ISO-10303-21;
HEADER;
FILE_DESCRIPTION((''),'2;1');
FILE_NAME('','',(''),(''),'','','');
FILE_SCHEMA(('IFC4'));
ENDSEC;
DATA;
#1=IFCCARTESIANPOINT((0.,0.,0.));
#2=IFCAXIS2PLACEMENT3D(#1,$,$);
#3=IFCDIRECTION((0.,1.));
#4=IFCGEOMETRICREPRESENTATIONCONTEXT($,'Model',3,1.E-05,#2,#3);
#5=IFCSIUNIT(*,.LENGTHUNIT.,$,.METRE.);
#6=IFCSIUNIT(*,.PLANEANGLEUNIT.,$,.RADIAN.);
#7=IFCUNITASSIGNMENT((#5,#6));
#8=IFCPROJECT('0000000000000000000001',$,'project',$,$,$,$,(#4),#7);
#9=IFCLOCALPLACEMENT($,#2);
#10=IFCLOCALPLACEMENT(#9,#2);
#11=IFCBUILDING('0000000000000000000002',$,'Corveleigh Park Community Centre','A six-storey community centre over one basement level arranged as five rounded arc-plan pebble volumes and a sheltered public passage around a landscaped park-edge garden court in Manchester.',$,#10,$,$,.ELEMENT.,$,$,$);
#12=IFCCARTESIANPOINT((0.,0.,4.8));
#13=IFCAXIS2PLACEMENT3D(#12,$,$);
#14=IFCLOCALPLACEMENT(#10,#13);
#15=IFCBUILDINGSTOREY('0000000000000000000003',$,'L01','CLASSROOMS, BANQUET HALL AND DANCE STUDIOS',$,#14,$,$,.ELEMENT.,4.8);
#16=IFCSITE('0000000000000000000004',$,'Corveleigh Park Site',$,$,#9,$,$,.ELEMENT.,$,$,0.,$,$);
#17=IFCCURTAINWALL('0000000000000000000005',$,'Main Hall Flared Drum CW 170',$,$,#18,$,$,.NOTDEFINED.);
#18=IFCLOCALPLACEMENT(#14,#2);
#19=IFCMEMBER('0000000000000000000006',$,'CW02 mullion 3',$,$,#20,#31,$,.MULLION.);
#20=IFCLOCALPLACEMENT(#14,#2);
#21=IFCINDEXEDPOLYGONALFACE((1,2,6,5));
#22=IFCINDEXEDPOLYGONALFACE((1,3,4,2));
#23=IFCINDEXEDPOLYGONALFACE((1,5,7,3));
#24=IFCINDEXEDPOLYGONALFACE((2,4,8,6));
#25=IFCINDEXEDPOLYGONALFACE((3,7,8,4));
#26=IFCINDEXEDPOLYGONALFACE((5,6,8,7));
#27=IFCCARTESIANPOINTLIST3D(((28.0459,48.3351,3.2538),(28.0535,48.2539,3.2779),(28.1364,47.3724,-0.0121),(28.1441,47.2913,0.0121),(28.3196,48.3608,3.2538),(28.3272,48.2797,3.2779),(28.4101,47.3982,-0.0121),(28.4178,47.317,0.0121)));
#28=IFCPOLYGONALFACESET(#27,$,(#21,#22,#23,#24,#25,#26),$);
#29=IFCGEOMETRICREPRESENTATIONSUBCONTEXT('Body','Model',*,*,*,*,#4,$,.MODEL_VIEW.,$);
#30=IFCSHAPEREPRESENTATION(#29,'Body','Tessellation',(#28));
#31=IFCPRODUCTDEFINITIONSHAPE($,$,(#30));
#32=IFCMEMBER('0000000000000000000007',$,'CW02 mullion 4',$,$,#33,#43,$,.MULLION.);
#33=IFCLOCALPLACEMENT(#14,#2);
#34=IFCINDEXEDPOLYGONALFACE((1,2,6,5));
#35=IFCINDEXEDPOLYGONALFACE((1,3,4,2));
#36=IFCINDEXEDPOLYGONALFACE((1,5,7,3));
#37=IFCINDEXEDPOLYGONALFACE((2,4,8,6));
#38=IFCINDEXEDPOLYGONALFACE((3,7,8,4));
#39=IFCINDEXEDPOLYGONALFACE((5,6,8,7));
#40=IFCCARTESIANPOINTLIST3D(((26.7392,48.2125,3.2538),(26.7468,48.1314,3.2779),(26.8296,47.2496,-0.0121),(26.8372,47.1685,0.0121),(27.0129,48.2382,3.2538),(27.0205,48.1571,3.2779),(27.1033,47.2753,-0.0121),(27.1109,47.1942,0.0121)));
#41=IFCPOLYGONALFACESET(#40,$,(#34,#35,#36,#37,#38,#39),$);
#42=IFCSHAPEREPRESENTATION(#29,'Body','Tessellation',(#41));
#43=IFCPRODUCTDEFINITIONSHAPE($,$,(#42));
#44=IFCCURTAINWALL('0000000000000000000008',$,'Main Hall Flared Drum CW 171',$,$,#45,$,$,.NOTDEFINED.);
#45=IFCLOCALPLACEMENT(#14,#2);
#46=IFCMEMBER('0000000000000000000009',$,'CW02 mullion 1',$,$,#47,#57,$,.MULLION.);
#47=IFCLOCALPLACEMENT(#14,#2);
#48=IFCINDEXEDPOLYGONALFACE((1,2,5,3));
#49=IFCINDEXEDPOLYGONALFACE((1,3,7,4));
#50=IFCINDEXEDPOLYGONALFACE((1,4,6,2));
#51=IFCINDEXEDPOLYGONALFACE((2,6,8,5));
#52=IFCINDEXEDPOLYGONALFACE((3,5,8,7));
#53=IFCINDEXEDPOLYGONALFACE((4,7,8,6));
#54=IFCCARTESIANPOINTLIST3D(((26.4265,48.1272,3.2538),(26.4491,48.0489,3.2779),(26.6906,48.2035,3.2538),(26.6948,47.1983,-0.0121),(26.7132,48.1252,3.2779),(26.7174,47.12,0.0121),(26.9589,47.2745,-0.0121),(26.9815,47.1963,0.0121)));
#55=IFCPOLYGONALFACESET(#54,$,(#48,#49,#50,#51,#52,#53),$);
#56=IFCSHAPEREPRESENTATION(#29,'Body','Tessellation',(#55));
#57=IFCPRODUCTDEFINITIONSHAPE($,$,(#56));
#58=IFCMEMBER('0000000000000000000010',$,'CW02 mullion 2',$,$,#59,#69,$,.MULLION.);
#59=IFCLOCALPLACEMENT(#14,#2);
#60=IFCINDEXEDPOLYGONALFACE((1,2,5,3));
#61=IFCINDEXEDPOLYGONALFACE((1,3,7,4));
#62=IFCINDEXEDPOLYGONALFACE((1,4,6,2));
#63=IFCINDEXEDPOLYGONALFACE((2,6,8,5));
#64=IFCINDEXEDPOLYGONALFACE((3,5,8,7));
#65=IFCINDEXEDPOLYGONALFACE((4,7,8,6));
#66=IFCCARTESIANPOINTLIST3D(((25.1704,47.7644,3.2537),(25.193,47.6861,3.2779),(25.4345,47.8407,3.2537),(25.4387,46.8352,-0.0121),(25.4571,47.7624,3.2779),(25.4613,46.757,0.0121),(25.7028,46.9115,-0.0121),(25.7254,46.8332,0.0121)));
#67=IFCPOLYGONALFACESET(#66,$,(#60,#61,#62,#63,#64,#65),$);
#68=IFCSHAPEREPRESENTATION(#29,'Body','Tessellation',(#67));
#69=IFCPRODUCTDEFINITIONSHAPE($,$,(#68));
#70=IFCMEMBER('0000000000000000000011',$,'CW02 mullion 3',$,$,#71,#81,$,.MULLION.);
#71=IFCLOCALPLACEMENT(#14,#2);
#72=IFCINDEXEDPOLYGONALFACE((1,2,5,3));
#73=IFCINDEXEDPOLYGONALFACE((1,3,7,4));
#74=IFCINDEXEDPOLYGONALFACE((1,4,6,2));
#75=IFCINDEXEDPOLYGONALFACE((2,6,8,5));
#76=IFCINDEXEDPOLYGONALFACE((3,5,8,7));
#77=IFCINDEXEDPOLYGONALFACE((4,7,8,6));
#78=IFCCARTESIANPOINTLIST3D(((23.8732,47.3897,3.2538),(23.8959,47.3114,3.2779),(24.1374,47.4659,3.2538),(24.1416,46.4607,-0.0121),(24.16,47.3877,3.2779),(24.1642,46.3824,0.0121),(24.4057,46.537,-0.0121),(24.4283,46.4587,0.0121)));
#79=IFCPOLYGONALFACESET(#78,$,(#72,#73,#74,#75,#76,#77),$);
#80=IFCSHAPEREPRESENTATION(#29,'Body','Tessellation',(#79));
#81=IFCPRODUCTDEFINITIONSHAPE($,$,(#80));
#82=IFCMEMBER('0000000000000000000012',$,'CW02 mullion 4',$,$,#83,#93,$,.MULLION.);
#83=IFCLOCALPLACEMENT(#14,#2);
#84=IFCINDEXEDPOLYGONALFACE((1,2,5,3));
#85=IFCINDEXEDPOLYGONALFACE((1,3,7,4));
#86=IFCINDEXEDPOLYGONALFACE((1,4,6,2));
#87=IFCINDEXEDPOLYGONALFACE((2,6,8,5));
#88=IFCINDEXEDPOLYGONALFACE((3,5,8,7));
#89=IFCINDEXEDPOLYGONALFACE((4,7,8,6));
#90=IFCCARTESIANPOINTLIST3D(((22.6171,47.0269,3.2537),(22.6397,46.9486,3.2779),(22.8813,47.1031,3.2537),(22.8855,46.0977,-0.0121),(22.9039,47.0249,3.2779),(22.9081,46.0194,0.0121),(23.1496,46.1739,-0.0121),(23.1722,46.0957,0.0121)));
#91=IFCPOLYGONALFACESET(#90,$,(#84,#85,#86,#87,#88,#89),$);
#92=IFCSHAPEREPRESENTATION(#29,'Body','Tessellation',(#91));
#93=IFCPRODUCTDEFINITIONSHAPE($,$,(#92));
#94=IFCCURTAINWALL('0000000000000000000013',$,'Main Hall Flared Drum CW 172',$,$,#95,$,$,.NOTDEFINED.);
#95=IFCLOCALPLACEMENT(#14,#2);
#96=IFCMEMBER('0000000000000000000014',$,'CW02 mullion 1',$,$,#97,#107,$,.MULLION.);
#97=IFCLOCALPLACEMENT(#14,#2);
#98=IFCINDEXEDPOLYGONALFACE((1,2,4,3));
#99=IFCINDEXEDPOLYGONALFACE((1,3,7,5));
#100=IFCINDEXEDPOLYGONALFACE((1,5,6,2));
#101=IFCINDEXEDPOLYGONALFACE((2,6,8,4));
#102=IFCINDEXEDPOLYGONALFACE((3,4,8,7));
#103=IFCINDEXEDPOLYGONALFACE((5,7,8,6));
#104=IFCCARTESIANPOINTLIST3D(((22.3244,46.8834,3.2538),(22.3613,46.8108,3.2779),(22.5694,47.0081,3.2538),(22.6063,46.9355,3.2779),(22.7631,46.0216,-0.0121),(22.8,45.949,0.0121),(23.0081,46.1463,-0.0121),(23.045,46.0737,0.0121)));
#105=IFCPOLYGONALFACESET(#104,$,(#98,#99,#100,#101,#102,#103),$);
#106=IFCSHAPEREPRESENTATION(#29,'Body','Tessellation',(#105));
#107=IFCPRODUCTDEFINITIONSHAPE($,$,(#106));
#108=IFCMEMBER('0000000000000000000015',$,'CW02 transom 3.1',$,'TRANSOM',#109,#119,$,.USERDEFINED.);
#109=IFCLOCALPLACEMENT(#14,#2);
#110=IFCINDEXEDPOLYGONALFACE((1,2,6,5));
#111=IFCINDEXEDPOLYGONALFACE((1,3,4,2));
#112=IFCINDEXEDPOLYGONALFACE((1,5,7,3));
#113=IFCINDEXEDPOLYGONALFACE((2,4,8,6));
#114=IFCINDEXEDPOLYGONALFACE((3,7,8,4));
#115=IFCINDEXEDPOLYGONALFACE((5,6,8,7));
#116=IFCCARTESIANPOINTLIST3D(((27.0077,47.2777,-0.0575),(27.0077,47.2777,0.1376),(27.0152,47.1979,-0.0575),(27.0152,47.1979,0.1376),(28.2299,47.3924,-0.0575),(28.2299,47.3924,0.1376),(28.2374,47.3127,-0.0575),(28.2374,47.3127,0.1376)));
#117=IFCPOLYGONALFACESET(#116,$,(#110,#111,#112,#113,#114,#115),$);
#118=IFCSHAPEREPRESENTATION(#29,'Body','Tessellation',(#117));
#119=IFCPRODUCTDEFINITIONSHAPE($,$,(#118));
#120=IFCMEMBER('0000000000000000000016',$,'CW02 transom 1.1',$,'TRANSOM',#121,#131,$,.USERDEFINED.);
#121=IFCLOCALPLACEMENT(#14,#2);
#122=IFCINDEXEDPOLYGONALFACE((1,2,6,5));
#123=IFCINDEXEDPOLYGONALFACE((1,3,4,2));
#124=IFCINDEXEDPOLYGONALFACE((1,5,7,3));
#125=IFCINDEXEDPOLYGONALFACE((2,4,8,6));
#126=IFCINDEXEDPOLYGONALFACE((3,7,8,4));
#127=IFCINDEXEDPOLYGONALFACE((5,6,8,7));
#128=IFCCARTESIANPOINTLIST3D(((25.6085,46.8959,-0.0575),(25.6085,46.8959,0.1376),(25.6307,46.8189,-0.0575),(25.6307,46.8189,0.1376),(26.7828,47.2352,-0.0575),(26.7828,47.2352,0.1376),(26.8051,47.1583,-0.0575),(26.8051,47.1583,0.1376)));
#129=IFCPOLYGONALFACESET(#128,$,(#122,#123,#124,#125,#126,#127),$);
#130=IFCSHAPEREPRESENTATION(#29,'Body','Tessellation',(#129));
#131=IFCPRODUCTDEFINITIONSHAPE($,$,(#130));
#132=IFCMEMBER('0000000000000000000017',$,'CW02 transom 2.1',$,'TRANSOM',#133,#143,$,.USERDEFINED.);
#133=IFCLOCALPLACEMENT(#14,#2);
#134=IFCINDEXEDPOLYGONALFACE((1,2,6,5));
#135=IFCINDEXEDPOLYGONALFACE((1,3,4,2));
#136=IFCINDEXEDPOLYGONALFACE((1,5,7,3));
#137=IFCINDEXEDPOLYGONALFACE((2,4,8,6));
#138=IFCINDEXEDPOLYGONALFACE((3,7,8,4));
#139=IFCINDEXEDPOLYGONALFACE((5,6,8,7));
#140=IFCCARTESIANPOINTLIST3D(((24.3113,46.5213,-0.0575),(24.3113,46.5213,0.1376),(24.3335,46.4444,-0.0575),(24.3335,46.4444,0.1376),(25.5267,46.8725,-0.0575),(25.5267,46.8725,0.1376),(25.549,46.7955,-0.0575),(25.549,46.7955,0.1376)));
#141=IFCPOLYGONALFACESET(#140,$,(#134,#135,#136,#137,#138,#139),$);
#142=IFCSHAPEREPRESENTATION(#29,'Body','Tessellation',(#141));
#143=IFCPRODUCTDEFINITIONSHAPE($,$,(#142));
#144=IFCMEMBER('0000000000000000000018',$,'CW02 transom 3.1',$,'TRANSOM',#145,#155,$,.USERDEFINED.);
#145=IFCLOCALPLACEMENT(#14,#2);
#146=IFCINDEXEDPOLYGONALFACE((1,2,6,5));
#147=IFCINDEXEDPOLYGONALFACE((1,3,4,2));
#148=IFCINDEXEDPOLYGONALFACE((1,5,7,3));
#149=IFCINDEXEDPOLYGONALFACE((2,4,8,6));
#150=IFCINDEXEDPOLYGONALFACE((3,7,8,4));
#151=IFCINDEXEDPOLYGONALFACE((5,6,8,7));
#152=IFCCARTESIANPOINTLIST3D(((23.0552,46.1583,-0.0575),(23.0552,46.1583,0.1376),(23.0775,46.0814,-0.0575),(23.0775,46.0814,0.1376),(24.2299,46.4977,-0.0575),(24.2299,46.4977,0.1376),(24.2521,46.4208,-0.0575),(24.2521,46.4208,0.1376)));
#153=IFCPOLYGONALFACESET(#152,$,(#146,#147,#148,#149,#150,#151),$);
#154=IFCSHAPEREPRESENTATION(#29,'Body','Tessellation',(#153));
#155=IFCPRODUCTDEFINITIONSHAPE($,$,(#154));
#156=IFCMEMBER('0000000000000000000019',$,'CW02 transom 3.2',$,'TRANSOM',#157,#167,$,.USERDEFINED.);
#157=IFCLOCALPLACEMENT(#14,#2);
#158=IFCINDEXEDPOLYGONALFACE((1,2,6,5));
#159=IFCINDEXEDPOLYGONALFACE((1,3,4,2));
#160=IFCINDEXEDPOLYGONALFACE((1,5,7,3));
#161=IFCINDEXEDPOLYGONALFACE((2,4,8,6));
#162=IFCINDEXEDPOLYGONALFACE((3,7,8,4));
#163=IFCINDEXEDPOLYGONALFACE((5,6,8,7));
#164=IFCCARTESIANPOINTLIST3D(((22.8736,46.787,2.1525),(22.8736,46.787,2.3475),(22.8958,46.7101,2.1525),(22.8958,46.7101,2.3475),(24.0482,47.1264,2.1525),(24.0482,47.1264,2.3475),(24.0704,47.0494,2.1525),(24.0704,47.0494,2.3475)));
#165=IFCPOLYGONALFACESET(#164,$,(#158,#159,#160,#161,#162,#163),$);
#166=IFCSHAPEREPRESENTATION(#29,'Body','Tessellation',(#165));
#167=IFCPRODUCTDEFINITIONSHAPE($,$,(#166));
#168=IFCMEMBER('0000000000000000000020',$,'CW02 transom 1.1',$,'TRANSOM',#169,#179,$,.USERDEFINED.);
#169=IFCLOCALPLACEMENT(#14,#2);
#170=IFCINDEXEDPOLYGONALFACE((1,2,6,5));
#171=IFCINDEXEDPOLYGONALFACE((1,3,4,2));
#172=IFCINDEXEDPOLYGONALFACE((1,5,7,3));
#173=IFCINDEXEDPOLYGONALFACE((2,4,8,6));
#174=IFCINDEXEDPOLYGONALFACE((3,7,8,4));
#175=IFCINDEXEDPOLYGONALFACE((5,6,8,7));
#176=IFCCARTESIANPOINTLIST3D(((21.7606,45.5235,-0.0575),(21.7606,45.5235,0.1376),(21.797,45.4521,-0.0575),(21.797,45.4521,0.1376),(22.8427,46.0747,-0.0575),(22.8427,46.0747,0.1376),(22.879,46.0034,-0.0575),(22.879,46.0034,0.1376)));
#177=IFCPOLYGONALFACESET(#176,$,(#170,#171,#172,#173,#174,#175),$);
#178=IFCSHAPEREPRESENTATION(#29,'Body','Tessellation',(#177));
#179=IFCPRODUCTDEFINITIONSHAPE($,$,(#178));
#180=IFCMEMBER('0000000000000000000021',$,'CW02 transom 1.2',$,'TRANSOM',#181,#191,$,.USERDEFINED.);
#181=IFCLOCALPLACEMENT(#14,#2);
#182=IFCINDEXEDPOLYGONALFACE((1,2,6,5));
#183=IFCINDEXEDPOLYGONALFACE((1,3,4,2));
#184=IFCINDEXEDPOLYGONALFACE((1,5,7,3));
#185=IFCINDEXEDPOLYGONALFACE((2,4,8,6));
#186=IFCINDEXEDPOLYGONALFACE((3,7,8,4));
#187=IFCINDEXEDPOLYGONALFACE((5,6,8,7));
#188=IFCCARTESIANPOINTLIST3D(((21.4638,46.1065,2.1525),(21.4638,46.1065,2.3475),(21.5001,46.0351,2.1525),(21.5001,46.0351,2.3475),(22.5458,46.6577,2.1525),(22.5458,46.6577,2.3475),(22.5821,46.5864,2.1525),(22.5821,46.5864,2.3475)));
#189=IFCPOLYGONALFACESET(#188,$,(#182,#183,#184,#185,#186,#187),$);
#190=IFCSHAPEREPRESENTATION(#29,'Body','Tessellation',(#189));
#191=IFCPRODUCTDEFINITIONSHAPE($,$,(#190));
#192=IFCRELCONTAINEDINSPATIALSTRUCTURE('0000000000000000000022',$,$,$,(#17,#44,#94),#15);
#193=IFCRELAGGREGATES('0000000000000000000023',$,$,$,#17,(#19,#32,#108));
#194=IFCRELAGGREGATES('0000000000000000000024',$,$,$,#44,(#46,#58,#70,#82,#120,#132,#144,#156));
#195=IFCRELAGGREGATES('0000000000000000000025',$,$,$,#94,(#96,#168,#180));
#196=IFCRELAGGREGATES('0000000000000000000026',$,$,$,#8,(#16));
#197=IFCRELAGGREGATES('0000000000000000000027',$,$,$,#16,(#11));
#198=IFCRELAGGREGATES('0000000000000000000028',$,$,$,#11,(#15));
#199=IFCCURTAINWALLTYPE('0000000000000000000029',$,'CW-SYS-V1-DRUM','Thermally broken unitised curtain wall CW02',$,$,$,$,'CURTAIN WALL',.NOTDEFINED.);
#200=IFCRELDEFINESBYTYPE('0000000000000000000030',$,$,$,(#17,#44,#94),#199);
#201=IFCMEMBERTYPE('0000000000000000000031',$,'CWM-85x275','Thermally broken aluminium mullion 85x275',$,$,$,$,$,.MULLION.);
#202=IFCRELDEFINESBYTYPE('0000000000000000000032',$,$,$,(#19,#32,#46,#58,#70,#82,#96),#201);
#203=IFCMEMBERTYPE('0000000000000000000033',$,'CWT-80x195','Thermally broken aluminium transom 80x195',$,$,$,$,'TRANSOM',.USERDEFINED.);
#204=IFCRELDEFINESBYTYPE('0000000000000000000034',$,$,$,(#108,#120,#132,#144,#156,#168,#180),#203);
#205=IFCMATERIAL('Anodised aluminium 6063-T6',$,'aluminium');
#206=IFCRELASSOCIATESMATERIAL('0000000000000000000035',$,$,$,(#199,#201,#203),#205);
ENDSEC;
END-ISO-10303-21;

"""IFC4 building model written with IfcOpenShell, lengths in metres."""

from ifc_helpers import new_model, si_unit, direction, frame, origin, origin_2d, place, context, subcontext, project, spatial, rectangle, extrude, material, material_profile, profile_set, type_object, element, aggregate, save


model = new_model("IFC4")

# Units and contexts
model_context = context("Model", 3, precision=1e-05, world=origin(), true_north=direction((0.0, 1.0)))
body_context = subcontext(model_context, "Body", "Model", "MODEL_VIEW")
ifc_project = project(units=[si_unit("LENGTHUNIT", "METRE"), si_unit("PLANEANGLEUNIT", "RADIAN")], contexts=[model_context])

# Site, building, storey
site_placement = place(None, origin())
site = spatial("IfcSite", under=ifc_project, at=site_placement, Name="Corveleigh Park Site", CompositionType="ELEMENT", RefElevation=0.0)
building_placement = place(site_placement, origin())
building = spatial("IfcBuilding", under=site, at=building_placement, Name="Corveleigh Park Community Centre", Description="A six-storey community centre over one basement level arranged as five rounded arc-plan pebble volumes and a sheltered public passage around a landscaped park-edge garden court in Manchester.", CompositionType="ELEMENT")
storey_placement = place(building_placement, frame((0.0, 0.0, 4.8)))
storey = spatial("IfcBuildingStorey", under=building, at=storey_placement, Name="L01", Description="CLASSROOMS, BANQUET HALL AND DANCE STUDIOS", CompositionType="ELEMENT", Elevation=4.8)

# Curtain walls, members
ifc_material_1 = material(Name="Anodised aluminium 6063-T6", Category="aluminium")
curtain_wall_type = type_object("IfcCurtainWallType", Name="CW-SYS-V1-DRUM", Description="Thermally broken unitised curtain wall CW02", ElementType="CURTAIN WALL", PredefinedType="NOTDEFINED", material=ifc_material_1)
curtain_wall_1_placement = place(storey_placement, origin())
curtain_wall_1 = element("IfcCurtainWall", 1, at=curtain_wall_1_placement, inside=storey, type_object=curtain_wall_type, Name="Main Hall Flared Drum CW 170", PredefinedType="NOTDEFINED")
ifc_material_profile_1 = material_profile(ifc_material_1, rectangle(XDim=0.085, YDim=0.2749, at=origin_2d()), Name="ALU-M85x275", Category="aluminium")
ifc_profile_set_1 = profile_set([ifc_material_profile_1], Name="Anodised aluminium 6063-T6")
member_type_1 = type_object("IfcMemberType", Name="CWM-85x275", Description="Thermally broken aluminium mullion 85x275", PredefinedType="MULLION", material=ifc_profile_set_1)
member_1_placement = place(storey_placement, frame((28.2771, 47.3447, 0.0), z_axis=(-0.026593, 0.282633, 0.958859), x_axis=(0.089823, -0.954643, 0.283881)))
member_1 = element("IfcMember", 2, at=member_1_placement, type_object=member_type_1, Name="CW02 mullion 3", PredefinedType="MULLION", context=body_context, shape_type="SweptSolid", body=[
    extrude(rectangle(XDim=0.085, YDim=0.2749, at=origin_2d()), origin(), (0.0, 0.0, 1.0), 3.406),
])
member_2_placement = place(storey_placement, frame((26.9702, 47.2219, 0.0), z_axis=(-0.026521, 0.2827, 0.958842), x_axis=(0.089559, -0.95465, 0.283941)))
member_2 = element("IfcMember", 3, at=member_2_placement, type_object=member_type_1, Name="CW02 mullion 4", PredefinedType="MULLION", context=body_context, shape_type="SweptSolid", body=[
    extrude(rectangle(XDim=0.085, YDim=0.2749, at=origin_2d()), origin(), (0.0, 0.0, 1.0), 3.406),
])
curtain_wall_2_placement = place(storey_placement, origin())
curtain_wall_2 = element("IfcCurtainWall", 4, at=curtain_wall_2_placement, inside=storey, type_object=curtain_wall_type, Name="Main Hall Flared Drum CW 171", PredefinedType="NOTDEFINED")
member_3_placement = place(storey_placement, frame((26.8381, 47.1973, 0.0), z_axis=(-0.078776, 0.272741, 0.958857), x_axis=(0.266071, -0.921202, 0.283889)))
member_3 = element("IfcMember", 5, at=member_3_placement, type_object=member_type_1, Name="CW02 mullion 1", PredefinedType="MULLION", context=body_context, shape_type="SweptSolid", body=[
    extrude(rectangle(XDim=0.085, YDim=0.2749, at=origin_2d()), origin(), (0.0, 0.0, 1.0), 3.406),
])
member_4_placement = place(storey_placement, frame((25.582, 46.8342, 0.0), z_axis=(-0.078774, 0.272807, 0.958838), x_axis=(0.266001, -0.921203, 0.283953)))
member_4 = element("IfcMember", 6, at=member_4_placement, type_object=member_type_1, Name="CW02 mullion 2", PredefinedType="MULLION", context=body_context, shape_type="SweptSolid", body=[
    extrude(rectangle(XDim=0.085, YDim=0.2749, at=origin_2d()), origin(), (0.0, 0.0, 1.0), 3.406),
])
member_5_placement = place(storey_placement, frame((24.2849, 46.4597, 0.0), z_axis=(-0.078776, 0.272741, 0.958857), x_axis=(0.266071, -0.921202, 0.283889)))
member_5 = element("IfcMember", 7, at=member_5_placement, type_object=member_type_1, Name="CW02 mullion 3", PredefinedType="MULLION", context=body_context, shape_type="SweptSolid", body=[
    extrude(rectangle(XDim=0.085, YDim=0.2749, at=origin_2d()), origin(), (0.0, 0.0, 1.0), 3.406),
])
member_6_placement = place(storey_placement, frame((23.0288, 46.0967, 0.0), z_axis=(-0.078774, 0.272807, 0.958838), x_axis=(0.266001, -0.921203, 0.283953)))
member_6 = element("IfcMember", 8, at=member_6_placement, type_object=member_type_1, Name="CW02 mullion 4", PredefinedType="MULLION", context=body_context, shape_type="SweptSolid", body=[
    extrude(rectangle(XDim=0.085, YDim=0.2749, at=origin_2d()), origin(), (0.0, 0.0, 1.0), 3.406),
])

# Curtain wall, member
curtain_wall_3_placement = place(storey_placement, origin())
curtain_wall_3 = element("IfcCurtainWall", 9, at=curtain_wall_3_placement, inside=storey, type_object=curtain_wall_type, Name="Main Hall Flared Drum CW 172", PredefinedType="NOTDEFINED")
member_7_placement = place(storey_placement, frame((22.9041, 46.0476, 0.0), z_axis=(-0.128807, 0.253026, 0.958847), x_axis=(0.434995, -0.854498, 0.283925)))
member_7 = element("IfcMember", 10, at=member_7_placement, type_object=member_type_1, Name="CW02 mullion 1", PredefinedType="MULLION", context=body_context, shape_type="SweptSolid", body=[
    extrude(rectangle(XDim=0.085, YDim=0.2749, at=origin_2d()), origin(), (0.0, 0.0, 1.0), 3.406),
])

# Members
ifc_material_profile_2 = material_profile(ifc_material_1, rectangle(XDim=0.0801, YDim=0.1951, at=origin_2d()), Name="ALU-T80x195", Category="aluminium")
ifc_profile_set_2 = profile_set([ifc_material_profile_2], Name="Anodised aluminium 6063-T6")
member_type_2 = type_object("IfcMemberType", Name="CWT-80x195", Description="Thermally broken aluminium transom 80x195", ElementType="TRANSOM", PredefinedType="USERDEFINED", material=ifc_profile_set_2)
member_8_placement = place(storey_placement, frame((28.2336, 47.3525, 0.04), z_axis=(-0.995622, -0.093476, 0.0), x_axis=(0.093476, -0.995622, 0.0)))
member_8 = element("IfcMember", 11, at=member_8_placement, type_object=member_type_2, Name="CW02 transom 3.1", ObjectType="TRANSOM", PredefinedType="USERDEFINED", context=body_context, shape_type="SweptSolid", body=[
    extrude(rectangle(XDim=0.0801, YDim=0.1951, at=origin_2d()), origin(), (0.0, 0.0, 1.0), 1.2275),
])
member_9_placement = place(storey_placement, frame((26.7939, 47.1968, 0.04), z_axis=(-0.960691, -0.277622, 0.0), x_axis=(0.277622, -0.960691, 0.0)))
member_9 = element("IfcMember", 12, at=member_9_placement, type_object=member_type_2, Name="CW02 transom 1.1", ObjectType="TRANSOM", PredefinedType="USERDEFINED", context=body_context, shape_type="SweptSolid", body=[
    extrude(rectangle(XDim=0.0801, YDim=0.1951, at=origin_2d()), origin(), (0.0, 0.0, 1.0), 1.2224),
])
member_10_placement = place(storey_placement, frame((25.5378, 46.834, 0.04), z_axis=(-0.960719, -0.277524, 0.0), x_axis=(0.277524, -0.960719, 0.0)))
member_10 = element("IfcMember", 13, at=member_10_placement, type_object=member_type_2, Name="CW02 transom 2.1", ObjectType="TRANSOM", PredefinedType="USERDEFINED", context=body_context, shape_type="SweptSolid", body=[
    extrude(rectangle(XDim=0.0801, YDim=0.1951, at=origin_2d()), origin(), (0.0, 0.0, 1.0), 1.2651),
])
member_11_placement = place(storey_placement, frame((24.241, 46.4592, 0.04), z_axis=(-0.960706, -0.277568, 0.0), x_axis=(0.277568, -0.960706, 0.0)))
member_11 = element("IfcMember", 14, at=member_11_placement, type_object=member_type_2, Name="CW02 transom 3.1", ObjectType="TRANSOM", PredefinedType="USERDEFINED", context=body_context, shape_type="SweptSolid", body=[
    extrude(rectangle(XDim=0.0801, YDim=0.1951, at=origin_2d()), origin(), (0.0, 0.0, 1.0), 1.2227),
])
member_12_placement = place(storey_placement, frame((24.0593, 47.0879, 2.25), z_axis=(-0.960706, -0.277568, 0.0), x_axis=(0.277568, -0.960706, 0.0)))
member_12 = element("IfcMember", 15, at=member_12_placement, type_object=member_type_2, Name="CW02 transom 3.2", ObjectType="TRANSOM", PredefinedType="USERDEFINED", context=body_context, shape_type="SweptSolid", body=[
    extrude(rectangle(XDim=0.0801, YDim=0.1951, at=origin_2d()), origin(), (0.0, 0.0, 1.0), 1.2227),
])
member_13_placement = place(storey_placement, frame((22.8608, 46.0391, 0.04), z_axis=(-0.891024, -0.453956, 0.0), x_axis=(0.453956, -0.891024, 0.0)))
member_13 = element("IfcMember", 16, at=member_13_placement, type_object=member_type_2, Name="CW02 transom 1.1", ObjectType="TRANSOM", PredefinedType="USERDEFINED", context=body_context, shape_type="SweptSolid", body=[
    extrude(rectangle(XDim=0.0801, YDim=0.1951, at=origin_2d()), origin(), (0.0, 0.0, 1.0), 1.2144),
])
member_14_placement = place(storey_placement, frame((22.564, 46.6221, 2.25), z_axis=(-0.891024, -0.453956, 0.0), x_axis=(0.453956, -0.891024, 0.0)))
member_14 = element("IfcMember", 17, at=member_14_placement, type_object=member_type_2, Name="CW02 transom 1.2", ObjectType="TRANSOM", PredefinedType="USERDEFINED", context=body_context, shape_type="SweptSolid", body=[
    extrude(rectangle(XDim=0.0801, YDim=0.1951, at=origin_2d()), origin(), (0.0, 0.0, 1.0), 1.2144),
])

aggregate(curtain_wall_1, [member_1, member_2, member_8])
aggregate(curtain_wall_2, [member_3, member_4, member_5, member_6, member_9, member_10, member_11, member_12])
aggregate(curtain_wall_3, [member_7, member_13, member_14])

save(model, "model.ifc")
